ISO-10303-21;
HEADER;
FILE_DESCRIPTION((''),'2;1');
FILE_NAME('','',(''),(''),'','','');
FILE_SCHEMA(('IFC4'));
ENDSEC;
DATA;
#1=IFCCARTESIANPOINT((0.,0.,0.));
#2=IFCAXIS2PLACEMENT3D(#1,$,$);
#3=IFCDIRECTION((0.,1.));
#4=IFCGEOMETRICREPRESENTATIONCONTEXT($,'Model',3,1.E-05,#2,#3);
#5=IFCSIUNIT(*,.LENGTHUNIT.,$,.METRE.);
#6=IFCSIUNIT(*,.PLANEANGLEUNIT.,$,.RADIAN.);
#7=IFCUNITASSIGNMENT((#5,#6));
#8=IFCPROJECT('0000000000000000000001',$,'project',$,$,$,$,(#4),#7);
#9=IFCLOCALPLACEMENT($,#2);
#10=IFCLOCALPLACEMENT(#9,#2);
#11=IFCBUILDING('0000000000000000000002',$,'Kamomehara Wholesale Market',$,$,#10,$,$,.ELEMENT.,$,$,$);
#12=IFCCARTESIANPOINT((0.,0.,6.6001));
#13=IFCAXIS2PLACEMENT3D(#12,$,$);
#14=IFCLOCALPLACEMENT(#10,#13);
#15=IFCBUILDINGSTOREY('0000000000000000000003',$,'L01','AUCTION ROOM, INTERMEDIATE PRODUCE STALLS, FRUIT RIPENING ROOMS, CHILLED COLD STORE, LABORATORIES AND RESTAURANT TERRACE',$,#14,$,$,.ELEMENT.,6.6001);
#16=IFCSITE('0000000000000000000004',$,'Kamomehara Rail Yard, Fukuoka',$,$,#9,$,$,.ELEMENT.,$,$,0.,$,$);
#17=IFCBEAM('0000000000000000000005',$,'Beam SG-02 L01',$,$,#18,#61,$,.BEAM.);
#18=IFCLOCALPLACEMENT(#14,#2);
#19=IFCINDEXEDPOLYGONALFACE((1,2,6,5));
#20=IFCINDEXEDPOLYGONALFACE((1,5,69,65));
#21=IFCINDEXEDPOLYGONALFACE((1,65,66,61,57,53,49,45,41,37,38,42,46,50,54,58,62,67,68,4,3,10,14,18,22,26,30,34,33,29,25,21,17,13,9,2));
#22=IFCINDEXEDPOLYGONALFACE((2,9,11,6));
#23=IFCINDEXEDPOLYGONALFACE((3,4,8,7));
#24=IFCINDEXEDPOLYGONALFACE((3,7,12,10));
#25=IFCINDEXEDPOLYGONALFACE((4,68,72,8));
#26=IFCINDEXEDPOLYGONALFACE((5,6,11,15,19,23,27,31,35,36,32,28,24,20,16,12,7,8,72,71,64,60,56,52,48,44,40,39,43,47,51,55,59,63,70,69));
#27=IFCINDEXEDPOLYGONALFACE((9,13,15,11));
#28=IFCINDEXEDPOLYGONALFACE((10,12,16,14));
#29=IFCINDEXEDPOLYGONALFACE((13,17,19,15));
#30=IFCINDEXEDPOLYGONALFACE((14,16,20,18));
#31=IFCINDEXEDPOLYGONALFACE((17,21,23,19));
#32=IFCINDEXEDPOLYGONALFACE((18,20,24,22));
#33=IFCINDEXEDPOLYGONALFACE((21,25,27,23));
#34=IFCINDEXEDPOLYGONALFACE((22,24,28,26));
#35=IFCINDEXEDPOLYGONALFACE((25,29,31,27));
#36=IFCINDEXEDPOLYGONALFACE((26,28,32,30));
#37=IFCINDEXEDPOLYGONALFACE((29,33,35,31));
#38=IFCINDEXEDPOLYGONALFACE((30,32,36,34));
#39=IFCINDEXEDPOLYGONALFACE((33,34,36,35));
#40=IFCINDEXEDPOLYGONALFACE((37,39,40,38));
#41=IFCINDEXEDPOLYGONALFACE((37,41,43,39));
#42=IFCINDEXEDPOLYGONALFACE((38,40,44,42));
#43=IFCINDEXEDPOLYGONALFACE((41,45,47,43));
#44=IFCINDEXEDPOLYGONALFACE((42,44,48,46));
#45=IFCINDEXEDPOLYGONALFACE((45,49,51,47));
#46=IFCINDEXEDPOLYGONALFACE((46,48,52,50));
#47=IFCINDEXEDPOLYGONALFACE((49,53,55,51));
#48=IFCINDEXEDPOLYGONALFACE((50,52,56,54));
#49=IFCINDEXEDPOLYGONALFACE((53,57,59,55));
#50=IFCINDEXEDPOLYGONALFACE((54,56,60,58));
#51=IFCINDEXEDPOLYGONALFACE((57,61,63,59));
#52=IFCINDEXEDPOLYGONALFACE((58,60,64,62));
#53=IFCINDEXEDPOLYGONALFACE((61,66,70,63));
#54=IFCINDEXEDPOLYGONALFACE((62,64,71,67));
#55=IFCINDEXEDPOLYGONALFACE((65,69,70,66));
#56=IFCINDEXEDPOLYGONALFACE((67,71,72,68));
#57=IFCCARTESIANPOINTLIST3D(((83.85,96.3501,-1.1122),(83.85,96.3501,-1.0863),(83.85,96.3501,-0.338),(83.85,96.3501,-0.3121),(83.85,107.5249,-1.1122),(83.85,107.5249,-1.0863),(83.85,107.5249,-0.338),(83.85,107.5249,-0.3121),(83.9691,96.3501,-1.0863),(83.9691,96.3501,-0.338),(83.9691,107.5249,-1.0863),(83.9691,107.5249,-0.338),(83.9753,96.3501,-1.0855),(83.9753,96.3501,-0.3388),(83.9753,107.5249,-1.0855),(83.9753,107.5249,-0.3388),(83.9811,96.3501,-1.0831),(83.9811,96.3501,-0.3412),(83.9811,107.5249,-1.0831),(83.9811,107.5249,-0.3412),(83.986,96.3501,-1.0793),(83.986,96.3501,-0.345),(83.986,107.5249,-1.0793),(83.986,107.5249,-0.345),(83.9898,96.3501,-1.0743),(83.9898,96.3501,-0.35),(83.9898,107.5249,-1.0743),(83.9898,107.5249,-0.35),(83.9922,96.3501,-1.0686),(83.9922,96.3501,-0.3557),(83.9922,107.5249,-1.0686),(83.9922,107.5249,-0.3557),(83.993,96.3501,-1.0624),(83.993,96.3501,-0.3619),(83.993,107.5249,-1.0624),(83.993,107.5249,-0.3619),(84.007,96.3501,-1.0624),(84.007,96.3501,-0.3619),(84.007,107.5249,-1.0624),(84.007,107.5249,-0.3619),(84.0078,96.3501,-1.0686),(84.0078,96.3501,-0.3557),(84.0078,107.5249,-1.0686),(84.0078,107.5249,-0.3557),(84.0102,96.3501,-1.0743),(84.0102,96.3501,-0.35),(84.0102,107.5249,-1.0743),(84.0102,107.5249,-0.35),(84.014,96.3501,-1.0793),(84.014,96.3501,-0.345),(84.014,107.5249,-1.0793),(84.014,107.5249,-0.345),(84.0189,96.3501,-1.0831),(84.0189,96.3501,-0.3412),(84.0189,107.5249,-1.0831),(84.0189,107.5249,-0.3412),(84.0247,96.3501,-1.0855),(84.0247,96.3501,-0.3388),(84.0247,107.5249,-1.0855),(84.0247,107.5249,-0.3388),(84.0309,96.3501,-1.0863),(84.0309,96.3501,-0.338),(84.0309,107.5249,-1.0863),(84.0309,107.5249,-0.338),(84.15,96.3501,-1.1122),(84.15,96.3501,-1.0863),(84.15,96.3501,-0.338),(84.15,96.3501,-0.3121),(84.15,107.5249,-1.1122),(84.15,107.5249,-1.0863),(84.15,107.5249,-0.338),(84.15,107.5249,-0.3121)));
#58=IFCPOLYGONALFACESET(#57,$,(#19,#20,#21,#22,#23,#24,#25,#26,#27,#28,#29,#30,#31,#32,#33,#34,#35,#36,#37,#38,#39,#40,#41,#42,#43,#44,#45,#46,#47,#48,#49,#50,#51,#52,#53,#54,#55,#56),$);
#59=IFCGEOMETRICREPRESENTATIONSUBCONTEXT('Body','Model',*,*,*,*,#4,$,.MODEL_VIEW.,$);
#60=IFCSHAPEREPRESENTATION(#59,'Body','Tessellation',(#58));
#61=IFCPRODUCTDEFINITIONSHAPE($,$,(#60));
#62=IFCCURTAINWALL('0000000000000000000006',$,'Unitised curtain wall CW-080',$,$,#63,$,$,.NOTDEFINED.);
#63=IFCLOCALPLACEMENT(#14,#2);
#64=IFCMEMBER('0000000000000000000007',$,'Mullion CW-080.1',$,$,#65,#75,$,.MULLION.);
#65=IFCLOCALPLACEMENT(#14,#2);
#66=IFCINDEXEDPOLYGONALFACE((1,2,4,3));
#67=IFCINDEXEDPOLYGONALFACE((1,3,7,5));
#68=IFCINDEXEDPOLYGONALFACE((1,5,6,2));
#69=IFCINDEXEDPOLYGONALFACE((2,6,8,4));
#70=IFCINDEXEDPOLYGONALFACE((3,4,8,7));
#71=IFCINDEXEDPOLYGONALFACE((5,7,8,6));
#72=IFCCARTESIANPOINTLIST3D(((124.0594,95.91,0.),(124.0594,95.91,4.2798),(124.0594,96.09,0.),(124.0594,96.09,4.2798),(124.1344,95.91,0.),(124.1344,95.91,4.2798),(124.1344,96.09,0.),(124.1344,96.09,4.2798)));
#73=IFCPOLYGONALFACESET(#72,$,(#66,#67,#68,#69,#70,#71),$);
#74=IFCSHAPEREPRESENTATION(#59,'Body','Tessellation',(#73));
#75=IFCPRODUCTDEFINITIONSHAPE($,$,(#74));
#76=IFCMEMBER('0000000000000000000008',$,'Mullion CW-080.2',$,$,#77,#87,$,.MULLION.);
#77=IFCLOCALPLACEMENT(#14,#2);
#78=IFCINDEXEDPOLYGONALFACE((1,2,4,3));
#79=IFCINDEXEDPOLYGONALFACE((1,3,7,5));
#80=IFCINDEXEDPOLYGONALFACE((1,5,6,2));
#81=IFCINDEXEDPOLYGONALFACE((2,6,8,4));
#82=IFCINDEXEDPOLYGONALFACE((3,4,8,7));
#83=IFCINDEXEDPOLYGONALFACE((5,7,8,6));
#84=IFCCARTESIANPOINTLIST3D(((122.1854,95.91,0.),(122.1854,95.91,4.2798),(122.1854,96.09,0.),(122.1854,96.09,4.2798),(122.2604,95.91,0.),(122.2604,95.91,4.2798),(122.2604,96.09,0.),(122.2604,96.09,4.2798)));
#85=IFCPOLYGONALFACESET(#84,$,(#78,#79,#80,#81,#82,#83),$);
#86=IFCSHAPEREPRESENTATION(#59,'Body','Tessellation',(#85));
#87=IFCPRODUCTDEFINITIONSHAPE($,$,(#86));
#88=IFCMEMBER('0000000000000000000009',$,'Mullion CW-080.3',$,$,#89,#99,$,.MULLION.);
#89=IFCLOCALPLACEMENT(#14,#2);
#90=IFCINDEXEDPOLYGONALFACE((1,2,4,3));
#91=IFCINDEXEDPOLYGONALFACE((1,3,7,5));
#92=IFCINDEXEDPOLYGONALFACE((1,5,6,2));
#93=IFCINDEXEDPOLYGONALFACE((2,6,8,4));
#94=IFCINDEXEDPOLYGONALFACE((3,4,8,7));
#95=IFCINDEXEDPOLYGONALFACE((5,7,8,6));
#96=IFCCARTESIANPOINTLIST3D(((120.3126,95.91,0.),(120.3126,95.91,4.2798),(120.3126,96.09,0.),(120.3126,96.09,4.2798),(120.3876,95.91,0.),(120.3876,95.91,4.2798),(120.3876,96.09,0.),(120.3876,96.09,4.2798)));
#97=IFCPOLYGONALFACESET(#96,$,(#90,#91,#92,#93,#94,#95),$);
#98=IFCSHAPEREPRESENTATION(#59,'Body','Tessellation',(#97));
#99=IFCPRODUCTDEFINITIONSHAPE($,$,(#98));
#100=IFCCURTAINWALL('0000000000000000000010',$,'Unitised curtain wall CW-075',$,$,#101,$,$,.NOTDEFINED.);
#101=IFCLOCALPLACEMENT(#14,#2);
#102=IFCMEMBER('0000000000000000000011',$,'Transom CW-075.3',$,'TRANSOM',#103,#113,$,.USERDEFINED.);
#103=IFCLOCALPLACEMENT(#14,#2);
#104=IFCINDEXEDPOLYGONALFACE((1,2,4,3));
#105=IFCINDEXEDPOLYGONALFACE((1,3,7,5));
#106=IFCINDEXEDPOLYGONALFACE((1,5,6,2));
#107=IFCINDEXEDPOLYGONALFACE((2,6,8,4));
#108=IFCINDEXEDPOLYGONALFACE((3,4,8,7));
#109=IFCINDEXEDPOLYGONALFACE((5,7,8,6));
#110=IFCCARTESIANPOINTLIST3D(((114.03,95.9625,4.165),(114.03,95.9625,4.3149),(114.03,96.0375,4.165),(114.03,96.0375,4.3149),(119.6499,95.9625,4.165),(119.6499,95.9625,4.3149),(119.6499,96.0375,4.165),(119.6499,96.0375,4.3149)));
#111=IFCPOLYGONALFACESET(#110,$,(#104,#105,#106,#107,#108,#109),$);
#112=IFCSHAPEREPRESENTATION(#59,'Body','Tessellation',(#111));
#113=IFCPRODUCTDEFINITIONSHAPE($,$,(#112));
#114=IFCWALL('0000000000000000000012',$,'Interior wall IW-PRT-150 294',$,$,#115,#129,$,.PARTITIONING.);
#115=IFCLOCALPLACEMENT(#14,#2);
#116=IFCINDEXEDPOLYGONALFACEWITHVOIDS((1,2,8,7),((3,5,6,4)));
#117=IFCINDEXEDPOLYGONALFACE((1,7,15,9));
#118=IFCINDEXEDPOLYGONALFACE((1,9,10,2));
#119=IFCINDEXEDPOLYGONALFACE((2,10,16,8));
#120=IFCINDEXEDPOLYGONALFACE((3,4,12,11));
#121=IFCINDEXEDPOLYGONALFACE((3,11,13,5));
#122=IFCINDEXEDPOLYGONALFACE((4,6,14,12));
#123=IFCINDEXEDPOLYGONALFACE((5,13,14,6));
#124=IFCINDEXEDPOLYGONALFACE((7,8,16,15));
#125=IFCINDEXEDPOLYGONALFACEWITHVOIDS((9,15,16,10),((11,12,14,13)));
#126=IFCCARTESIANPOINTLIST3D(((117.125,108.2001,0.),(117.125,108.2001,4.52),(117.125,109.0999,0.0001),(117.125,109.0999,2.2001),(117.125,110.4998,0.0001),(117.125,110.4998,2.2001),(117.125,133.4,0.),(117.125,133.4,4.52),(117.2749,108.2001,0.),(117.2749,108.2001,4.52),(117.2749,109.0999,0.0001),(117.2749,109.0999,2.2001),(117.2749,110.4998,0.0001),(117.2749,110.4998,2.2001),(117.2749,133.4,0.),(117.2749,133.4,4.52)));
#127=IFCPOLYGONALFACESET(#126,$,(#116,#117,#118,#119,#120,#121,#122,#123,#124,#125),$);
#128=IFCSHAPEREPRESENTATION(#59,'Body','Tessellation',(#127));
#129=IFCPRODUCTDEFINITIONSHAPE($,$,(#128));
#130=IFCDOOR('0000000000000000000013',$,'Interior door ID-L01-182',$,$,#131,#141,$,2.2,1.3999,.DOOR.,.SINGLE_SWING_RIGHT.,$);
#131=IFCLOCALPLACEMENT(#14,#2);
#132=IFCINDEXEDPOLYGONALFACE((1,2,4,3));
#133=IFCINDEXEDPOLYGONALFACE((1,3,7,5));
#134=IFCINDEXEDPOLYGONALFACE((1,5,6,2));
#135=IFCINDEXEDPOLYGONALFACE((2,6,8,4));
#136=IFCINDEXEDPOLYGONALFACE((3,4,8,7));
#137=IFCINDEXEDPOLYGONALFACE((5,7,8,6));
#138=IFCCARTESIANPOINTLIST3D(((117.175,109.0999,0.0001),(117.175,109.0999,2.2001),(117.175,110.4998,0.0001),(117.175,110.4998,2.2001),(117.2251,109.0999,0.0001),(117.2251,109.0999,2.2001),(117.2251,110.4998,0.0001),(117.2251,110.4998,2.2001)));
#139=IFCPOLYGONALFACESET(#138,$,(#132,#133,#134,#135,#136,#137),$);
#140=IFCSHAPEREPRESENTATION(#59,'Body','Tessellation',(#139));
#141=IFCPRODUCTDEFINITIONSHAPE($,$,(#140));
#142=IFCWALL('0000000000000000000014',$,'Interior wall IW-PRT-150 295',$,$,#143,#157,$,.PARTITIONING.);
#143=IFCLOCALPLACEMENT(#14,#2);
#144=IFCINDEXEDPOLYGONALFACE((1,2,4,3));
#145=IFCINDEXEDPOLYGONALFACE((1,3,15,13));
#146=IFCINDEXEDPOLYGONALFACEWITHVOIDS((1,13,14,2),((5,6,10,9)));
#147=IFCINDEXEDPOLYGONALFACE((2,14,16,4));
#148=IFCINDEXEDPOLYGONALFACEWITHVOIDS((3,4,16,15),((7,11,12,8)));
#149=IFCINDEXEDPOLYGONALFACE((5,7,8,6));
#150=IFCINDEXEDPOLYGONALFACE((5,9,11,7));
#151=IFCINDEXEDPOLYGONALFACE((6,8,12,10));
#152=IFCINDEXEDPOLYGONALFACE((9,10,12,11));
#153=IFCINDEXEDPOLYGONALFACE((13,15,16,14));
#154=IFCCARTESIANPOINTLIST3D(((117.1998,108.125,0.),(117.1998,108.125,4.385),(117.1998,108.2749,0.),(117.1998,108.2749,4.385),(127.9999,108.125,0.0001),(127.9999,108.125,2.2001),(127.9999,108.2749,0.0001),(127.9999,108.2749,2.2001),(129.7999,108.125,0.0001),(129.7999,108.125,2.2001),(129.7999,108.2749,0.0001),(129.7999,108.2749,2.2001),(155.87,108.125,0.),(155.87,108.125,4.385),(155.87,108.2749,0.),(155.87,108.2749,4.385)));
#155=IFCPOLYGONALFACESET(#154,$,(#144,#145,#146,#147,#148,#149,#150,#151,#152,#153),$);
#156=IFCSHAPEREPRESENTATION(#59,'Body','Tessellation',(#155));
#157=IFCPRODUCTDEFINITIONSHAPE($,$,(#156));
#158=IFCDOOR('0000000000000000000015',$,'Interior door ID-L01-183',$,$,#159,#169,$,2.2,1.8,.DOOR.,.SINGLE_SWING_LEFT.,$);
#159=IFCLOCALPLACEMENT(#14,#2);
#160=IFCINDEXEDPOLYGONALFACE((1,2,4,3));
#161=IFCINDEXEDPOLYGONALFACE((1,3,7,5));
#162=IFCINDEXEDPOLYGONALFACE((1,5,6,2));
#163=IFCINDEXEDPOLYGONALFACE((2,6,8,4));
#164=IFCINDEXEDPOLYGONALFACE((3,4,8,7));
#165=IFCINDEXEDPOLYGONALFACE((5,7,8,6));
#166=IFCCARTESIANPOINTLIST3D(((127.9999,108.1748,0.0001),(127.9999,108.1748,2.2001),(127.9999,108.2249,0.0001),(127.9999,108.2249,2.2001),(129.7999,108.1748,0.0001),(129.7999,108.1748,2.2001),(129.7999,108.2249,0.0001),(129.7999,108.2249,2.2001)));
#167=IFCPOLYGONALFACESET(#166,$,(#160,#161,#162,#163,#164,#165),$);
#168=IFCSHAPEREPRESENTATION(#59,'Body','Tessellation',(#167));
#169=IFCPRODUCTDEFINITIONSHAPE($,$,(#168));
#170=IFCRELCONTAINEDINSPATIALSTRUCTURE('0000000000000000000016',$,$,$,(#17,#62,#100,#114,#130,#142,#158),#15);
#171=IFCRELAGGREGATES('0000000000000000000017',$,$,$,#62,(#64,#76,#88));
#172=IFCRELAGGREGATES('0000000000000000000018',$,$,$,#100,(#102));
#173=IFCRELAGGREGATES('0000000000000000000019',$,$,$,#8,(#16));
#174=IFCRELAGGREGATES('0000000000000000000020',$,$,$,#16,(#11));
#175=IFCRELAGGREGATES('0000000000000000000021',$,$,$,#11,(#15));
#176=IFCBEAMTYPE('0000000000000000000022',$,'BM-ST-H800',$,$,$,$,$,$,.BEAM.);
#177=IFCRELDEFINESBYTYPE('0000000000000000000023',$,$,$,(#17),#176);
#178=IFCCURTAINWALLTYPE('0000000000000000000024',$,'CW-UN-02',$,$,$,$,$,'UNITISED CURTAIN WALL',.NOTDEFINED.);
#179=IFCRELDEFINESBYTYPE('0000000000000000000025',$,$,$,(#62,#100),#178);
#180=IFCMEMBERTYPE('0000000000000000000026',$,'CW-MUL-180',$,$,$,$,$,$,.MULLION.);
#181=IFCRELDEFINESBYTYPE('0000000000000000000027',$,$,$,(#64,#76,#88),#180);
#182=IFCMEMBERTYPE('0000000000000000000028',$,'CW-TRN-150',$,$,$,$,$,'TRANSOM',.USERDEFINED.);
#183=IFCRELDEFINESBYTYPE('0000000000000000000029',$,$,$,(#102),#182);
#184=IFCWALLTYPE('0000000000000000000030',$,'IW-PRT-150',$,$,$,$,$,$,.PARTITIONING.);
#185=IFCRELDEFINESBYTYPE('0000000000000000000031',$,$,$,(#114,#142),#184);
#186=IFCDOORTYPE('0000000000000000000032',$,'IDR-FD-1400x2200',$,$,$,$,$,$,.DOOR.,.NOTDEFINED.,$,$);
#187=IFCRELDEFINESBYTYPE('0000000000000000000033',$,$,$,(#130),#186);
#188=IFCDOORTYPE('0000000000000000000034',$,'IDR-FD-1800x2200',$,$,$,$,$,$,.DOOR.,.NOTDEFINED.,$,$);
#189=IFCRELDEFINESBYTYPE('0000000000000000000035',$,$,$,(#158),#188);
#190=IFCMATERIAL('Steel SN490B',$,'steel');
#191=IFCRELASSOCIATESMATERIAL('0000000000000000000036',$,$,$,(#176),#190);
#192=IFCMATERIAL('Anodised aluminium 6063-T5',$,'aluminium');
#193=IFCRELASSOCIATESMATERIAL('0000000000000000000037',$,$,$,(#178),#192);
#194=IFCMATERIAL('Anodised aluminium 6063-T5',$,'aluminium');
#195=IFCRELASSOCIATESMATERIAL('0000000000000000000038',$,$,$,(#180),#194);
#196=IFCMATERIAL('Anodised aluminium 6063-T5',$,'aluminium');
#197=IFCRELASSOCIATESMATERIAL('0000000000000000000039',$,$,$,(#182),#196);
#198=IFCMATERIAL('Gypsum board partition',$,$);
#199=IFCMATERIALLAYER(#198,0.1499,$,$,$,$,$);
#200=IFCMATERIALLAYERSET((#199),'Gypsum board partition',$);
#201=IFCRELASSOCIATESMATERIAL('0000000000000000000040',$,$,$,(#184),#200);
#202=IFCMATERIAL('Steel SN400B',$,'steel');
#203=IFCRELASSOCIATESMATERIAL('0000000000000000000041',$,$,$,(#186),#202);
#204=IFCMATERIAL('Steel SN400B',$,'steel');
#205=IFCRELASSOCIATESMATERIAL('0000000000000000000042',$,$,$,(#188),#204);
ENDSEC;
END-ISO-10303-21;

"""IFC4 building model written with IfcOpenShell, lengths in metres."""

from ifc_helpers import new_model, si_unit, direction, frame, frame_2d, origin, origin_2d, place, context, subcontext, project, spatial, rectangle, i_section, extrude, material, layer, layer_set, material_profile, profile_set, type_object, element, fill, aggregate, save


model = new_model("IFC4")

# Units and contexts
model_context = context("Model", 3, precision=1e-05, world=origin(), true_north=direction((0.0, 1.0)))
body_context = subcontext(model_context, "Body", "Model", "MODEL_VIEW")
ifc_project = project(units=[si_unit("LENGTHUNIT", "METRE"), si_unit("PLANEANGLEUNIT", "RADIAN")], contexts=[model_context])

# Site, building, storey
site_placement = place(None, origin())
site = spatial("IfcSite", under=ifc_project, at=site_placement, Name="Kamomehara Rail Yard, Fukuoka", CompositionType="ELEMENT", RefElevation=0.0)
building_placement = place(site_placement, origin())
building = spatial("IfcBuilding", under=site, at=building_placement, Name="Kamomehara Wholesale Market", CompositionType="ELEMENT")
storey_placement = place(building_placement, frame((0.0, 0.0, 6.6001)))
storey = spatial("IfcBuildingStorey", under=building, at=storey_placement, Name="L01", Description="AUCTION ROOM, INTERMEDIATE PRODUCE STALLS, FRUIT RIPENING ROOMS, CHILLED COLD STORE, LABORATORIES AND RESTAURANT TERRACE", CompositionType="ELEMENT", Elevation=6.6001)

# Beam
ifc_material_1 = material(Name="Steel SN490B", Category="steel")
ifc_material_profile_1 = material_profile(ifc_material_1, i_section(OverallWidth=0.3, OverallDepth=0.8, WebThickness=0.0139, FlangeThickness=0.0259, FilletRadius=0.0239, at=origin_2d()), Name="H-800x300x14x26")
ifc_profile_set_1 = profile_set([ifc_material_profile_1], Name="Steel SN490B")
beam_type_1 = type_object("IfcBeamType", Name="BM-ST-H800", PredefinedType="BEAM", material=ifc_profile_set_1)
beam_1_placement = place(storey_placement, frame((84.0, 96.3501, -0.7122), z_axis=(0.0, 1.0, 0.0), x_axis=(-1.0, 0.0, 0.0)))
element("IfcBeam", 1, at=beam_1_placement, inside=storey, type_object=beam_type_1, Name="Beam SG-02 L01", PredefinedType="BEAM", context=body_context, shape_type="SweptSolid", body=[
    extrude(i_section(OverallWidth=0.3, OverallDepth=0.8, WebThickness=0.0139, FlangeThickness=0.0259, FilletRadius=0.0239, at=origin_2d()), origin(), (0.0, 0.0, 1.0), 11.1748),
])

# Curtain wall, members
ifc_material_2 = material(Name="Anodised aluminium 6063-T5", Category="aluminium")
curtain_wall_type = type_object("IfcCurtainWallType", Name="CW-UN-02", ElementType="UNITISED CURTAIN WALL", PredefinedType="NOTDEFINED", material=ifc_material_2)
curtain_wall_1_placement = place(storey_placement, origin())
curtain_wall_1 = element("IfcCurtainWall", 2, at=curtain_wall_1_placement, inside=storey, type_object=curtain_wall_type, Name="Unitised curtain wall CW-080", PredefinedType="NOTDEFINED")
ifc_material_3 = material(Name="Anodised aluminium 6063-T5", Category="aluminium")
ifc_material_profile_2 = material_profile(ifc_material_3, rectangle(XDim=0.075, YDim=0.1799, at=origin_2d()), Name="ALU-MUL-75x180")
ifc_profile_set_2 = profile_set([ifc_material_profile_2], Name="Anodised aluminium 6063-T5")
member_type_1 = type_object("IfcMemberType", Name="CW-MUL-180", PredefinedType="MULLION", material=ifc_profile_set_2)
member_1_placement = place(storey_placement, frame((124.0969, 96.0, 0.0), z_axis=(0.0, 0.0, 1.0), x_axis=(-1.0, 0.0, 0.0)))
member_1 = element("IfcMember", 3, at=member_1_placement, type_object=member_type_1, Name="Mullion CW-080.1", PredefinedType="MULLION", context=body_context, shape_type="SweptSolid", body=[
    extrude(rectangle(XDim=0.075, YDim=0.1799, at=origin_2d()), origin(), (0.0, 0.0, 1.0), 4.2798),
])
member_2_placement = place(storey_placement, frame((122.2229, 96.0, 0.0), z_axis=(0.0, 0.0, 1.0), x_axis=(-1.0, 0.0, 0.0)))
member_2 = element("IfcMember", 4, at=member_2_placement, type_object=member_type_1, Name="Mullion CW-080.2", PredefinedType="MULLION", context=body_context, shape_type="SweptSolid", body=[
    extrude(rectangle(XDim=0.075, YDim=0.1799, at=origin_2d()), origin(), (0.0, 0.0, 1.0), 4.2798),
])
member_3_placement = place(storey_placement, frame((120.3501, 96.0, 0.0), z_axis=(0.0, 0.0, 1.0), x_axis=(-1.0, 0.0, 0.0)))
member_3 = element("IfcMember", 5, at=member_3_placement, type_object=member_type_1, Name="Mullion CW-080.3", PredefinedType="MULLION", context=body_context, shape_type="SweptSolid", body=[
    extrude(rectangle(XDim=0.075, YDim=0.1799, at=origin_2d()), origin(), (0.0, 0.0, 1.0), 4.2798),
])
aggregate(curtain_wall_1, [member_1, member_2, member_3])

# Curtain wall, member
curtain_wall_2_placement = place(storey_placement, origin())
curtain_wall_2 = element("IfcCurtainWall", 6, at=curtain_wall_2_placement, inside=storey, type_object=curtain_wall_type, Name="Unitised curtain wall CW-075", PredefinedType="NOTDEFINED")
ifc_material_4 = material(Name="Anodised aluminium 6063-T5", Category="aluminium")
ifc_material_profile_3 = material_profile(ifc_material_4, rectangle(XDim=0.075, YDim=0.1499, at=origin_2d()), Name="ALU-TRN-75x150")
ifc_profile_set_3 = profile_set([ifc_material_profile_3], Name="Anodised aluminium 6063-T5")
member_type_2 = type_object("IfcMemberType", Name="CW-TRN-150", ElementType="TRANSOM", PredefinedType="USERDEFINED", material=ifc_profile_set_3)
member_4_placement = place(storey_placement, frame((119.6499, 96.0, 4.24), z_axis=(-1.0, 0.0, 0.0), x_axis=(0.0, -1.0, 0.0)))
member_4 = element("IfcMember", 7, at=member_4_placement, type_object=member_type_2, Name="Transom CW-075.3", ObjectType="TRANSOM", PredefinedType="USERDEFINED", context=body_context, shape_type="SweptSolid", body=[
    extrude(rectangle(XDim=0.075, YDim=0.1499, at=origin_2d()), origin(), (0.0, 0.0, 1.0), 5.6199),
])
aggregate(curtain_wall_2, [member_4])

# Walls, openings, doors
ifc_material_5 = material(Name="Gypsum board partition")
ifc_layer_1 = layer(ifc_material_5, 0.1499)
ifc_layer_set_1 = layer_set([ifc_layer_1], Name="Gypsum board partition")
wall_type_1 = type_object("IfcWallType", Name="IW-PRT-150", PredefinedType="PARTITIONING", material=ifc_layer_set_1)
wall_1_placement = place(storey_placement, frame((117.2, 108.2, 0.0), z_axis=(0.0, 0.0, 1.0), x_axis=(0.0, 1.0, 0.0)))
wall_1 = element("IfcWall", 8, at=wall_1_placement, inside=storey, type_object=wall_type_1, Name="Interior wall IW-PRT-150 294", PredefinedType="PARTITIONING", context=body_context, shape_type="SweptSolid", body=[
    extrude(rectangle(XDim=25.2, YDim=0.1499, at=frame_2d((12.6001, 0.0))), origin(), (0.0, 0.0, 1.0), 4.52),
])
opening_1_placement = place(wall_1_placement, frame((0.8999, 0.0, 0.0)))
opening_1 = element("IfcOpeningElement", 9, at=opening_1_placement, cuts=wall_1, PredefinedType="OPENING", context=body_context, shape_type="SweptSolid", body=[
    extrude(rectangle(XDim=1.3999, YDim=2.2, at=frame_2d((0.7, 1.1001))), frame((0.0, 0.0898, 0.0), z_axis=(0.0, -1.0, 0.0), x_axis=(1.0, 0.0, 0.0)), (0.0, 0.0, 1.0), 0.1797),
])
ifc_material_6 = material(Name="Steel SN400B", Category="steel")
door_type_1 = type_object("IfcDoorType", Name="IDR-FD-1400x2200", OperationType="NOTDEFINED", PredefinedType="DOOR", material=ifc_material_6)
door_1_placement = place(opening_1_placement, origin())
door_1 = element("IfcDoor", 10, at=door_1_placement, inside=storey, type_object=door_type_1, Name="Interior door ID-L01-182", OperationType="SINGLE_SWING_RIGHT", OverallHeight=2.2, OverallWidth=1.3999, PredefinedType="DOOR", context=body_context, shape_type="SweptSolid", body=[
    extrude(rectangle(XDim=1.3999, YDim=2.2, at=frame_2d((0.7, 1.1001))), frame((0.0, 0.0249, 0.0), z_axis=(0.0, -1.0, 0.0), x_axis=(1.0, 0.0, 0.0)), (0.0, 0.0, 1.0), 0.05),
])
fill(opening_1, door_1)
wall_2_placement = place(storey_placement, frame((117.2, 108.2, 0.0), z_axis=(0.0, 0.0, 1.0), x_axis=(1.0, 0.0, 0.0)))
wall_2 = element("IfcWall", 11, at=wall_2_placement, inside=storey, type_object=wall_type_1, Name="Interior wall IW-PRT-150 295", PredefinedType="PARTITIONING", context=body_context, shape_type="SweptSolid", body=[
    extrude(rectangle(XDim=38.6702, YDim=0.1499, at=frame_2d((19.335, 0.0))), origin(), (0.0, 0.0, 1.0), 4.385),
])
opening_2_placement = place(wall_2_placement, frame((10.8, 0.0, 0.0)))
opening_2 = element("IfcOpeningElement", 12, at=opening_2_placement, cuts=wall_2, PredefinedType="OPENING", context=body_context, shape_type="SweptSolid", body=[
    extrude(rectangle(XDim=1.8, YDim=2.2, at=frame_2d((0.8999, 1.1001))), frame((0.0, 0.0898, 0.0), z_axis=(0.0, -1.0, 0.0), x_axis=(1.0, 0.0, 0.0)), (0.0, 0.0, 1.0), 0.1797),
])
ifc_material_7 = material(Name="Steel SN400B", Category="steel")
door_type_2 = type_object("IfcDoorType", Name="IDR-FD-1800x2200", OperationType="NOTDEFINED", PredefinedType="DOOR", material=ifc_material_7)
door_2_placement = place(opening_2_placement, origin())
door_2 = element("IfcDoor", 13, at=door_2_placement, inside=storey, type_object=door_type_2, Name="Interior door ID-L01-183", OperationType="SINGLE_SWING_LEFT", OverallHeight=2.2, OverallWidth=1.8, PredefinedType="DOOR", context=body_context, shape_type="SweptSolid", body=[
    extrude(rectangle(XDim=1.8, YDim=2.2, at=frame_2d((0.8999, 1.1001))), frame((0.0, 0.0249, 0.0), z_axis=(0.0, -1.0, 0.0), x_axis=(1.0, 0.0, 0.0)), (0.0, 0.0, 1.0), 0.05),
])
fill(opening_2, door_2)

save(model, "model.ifc")
